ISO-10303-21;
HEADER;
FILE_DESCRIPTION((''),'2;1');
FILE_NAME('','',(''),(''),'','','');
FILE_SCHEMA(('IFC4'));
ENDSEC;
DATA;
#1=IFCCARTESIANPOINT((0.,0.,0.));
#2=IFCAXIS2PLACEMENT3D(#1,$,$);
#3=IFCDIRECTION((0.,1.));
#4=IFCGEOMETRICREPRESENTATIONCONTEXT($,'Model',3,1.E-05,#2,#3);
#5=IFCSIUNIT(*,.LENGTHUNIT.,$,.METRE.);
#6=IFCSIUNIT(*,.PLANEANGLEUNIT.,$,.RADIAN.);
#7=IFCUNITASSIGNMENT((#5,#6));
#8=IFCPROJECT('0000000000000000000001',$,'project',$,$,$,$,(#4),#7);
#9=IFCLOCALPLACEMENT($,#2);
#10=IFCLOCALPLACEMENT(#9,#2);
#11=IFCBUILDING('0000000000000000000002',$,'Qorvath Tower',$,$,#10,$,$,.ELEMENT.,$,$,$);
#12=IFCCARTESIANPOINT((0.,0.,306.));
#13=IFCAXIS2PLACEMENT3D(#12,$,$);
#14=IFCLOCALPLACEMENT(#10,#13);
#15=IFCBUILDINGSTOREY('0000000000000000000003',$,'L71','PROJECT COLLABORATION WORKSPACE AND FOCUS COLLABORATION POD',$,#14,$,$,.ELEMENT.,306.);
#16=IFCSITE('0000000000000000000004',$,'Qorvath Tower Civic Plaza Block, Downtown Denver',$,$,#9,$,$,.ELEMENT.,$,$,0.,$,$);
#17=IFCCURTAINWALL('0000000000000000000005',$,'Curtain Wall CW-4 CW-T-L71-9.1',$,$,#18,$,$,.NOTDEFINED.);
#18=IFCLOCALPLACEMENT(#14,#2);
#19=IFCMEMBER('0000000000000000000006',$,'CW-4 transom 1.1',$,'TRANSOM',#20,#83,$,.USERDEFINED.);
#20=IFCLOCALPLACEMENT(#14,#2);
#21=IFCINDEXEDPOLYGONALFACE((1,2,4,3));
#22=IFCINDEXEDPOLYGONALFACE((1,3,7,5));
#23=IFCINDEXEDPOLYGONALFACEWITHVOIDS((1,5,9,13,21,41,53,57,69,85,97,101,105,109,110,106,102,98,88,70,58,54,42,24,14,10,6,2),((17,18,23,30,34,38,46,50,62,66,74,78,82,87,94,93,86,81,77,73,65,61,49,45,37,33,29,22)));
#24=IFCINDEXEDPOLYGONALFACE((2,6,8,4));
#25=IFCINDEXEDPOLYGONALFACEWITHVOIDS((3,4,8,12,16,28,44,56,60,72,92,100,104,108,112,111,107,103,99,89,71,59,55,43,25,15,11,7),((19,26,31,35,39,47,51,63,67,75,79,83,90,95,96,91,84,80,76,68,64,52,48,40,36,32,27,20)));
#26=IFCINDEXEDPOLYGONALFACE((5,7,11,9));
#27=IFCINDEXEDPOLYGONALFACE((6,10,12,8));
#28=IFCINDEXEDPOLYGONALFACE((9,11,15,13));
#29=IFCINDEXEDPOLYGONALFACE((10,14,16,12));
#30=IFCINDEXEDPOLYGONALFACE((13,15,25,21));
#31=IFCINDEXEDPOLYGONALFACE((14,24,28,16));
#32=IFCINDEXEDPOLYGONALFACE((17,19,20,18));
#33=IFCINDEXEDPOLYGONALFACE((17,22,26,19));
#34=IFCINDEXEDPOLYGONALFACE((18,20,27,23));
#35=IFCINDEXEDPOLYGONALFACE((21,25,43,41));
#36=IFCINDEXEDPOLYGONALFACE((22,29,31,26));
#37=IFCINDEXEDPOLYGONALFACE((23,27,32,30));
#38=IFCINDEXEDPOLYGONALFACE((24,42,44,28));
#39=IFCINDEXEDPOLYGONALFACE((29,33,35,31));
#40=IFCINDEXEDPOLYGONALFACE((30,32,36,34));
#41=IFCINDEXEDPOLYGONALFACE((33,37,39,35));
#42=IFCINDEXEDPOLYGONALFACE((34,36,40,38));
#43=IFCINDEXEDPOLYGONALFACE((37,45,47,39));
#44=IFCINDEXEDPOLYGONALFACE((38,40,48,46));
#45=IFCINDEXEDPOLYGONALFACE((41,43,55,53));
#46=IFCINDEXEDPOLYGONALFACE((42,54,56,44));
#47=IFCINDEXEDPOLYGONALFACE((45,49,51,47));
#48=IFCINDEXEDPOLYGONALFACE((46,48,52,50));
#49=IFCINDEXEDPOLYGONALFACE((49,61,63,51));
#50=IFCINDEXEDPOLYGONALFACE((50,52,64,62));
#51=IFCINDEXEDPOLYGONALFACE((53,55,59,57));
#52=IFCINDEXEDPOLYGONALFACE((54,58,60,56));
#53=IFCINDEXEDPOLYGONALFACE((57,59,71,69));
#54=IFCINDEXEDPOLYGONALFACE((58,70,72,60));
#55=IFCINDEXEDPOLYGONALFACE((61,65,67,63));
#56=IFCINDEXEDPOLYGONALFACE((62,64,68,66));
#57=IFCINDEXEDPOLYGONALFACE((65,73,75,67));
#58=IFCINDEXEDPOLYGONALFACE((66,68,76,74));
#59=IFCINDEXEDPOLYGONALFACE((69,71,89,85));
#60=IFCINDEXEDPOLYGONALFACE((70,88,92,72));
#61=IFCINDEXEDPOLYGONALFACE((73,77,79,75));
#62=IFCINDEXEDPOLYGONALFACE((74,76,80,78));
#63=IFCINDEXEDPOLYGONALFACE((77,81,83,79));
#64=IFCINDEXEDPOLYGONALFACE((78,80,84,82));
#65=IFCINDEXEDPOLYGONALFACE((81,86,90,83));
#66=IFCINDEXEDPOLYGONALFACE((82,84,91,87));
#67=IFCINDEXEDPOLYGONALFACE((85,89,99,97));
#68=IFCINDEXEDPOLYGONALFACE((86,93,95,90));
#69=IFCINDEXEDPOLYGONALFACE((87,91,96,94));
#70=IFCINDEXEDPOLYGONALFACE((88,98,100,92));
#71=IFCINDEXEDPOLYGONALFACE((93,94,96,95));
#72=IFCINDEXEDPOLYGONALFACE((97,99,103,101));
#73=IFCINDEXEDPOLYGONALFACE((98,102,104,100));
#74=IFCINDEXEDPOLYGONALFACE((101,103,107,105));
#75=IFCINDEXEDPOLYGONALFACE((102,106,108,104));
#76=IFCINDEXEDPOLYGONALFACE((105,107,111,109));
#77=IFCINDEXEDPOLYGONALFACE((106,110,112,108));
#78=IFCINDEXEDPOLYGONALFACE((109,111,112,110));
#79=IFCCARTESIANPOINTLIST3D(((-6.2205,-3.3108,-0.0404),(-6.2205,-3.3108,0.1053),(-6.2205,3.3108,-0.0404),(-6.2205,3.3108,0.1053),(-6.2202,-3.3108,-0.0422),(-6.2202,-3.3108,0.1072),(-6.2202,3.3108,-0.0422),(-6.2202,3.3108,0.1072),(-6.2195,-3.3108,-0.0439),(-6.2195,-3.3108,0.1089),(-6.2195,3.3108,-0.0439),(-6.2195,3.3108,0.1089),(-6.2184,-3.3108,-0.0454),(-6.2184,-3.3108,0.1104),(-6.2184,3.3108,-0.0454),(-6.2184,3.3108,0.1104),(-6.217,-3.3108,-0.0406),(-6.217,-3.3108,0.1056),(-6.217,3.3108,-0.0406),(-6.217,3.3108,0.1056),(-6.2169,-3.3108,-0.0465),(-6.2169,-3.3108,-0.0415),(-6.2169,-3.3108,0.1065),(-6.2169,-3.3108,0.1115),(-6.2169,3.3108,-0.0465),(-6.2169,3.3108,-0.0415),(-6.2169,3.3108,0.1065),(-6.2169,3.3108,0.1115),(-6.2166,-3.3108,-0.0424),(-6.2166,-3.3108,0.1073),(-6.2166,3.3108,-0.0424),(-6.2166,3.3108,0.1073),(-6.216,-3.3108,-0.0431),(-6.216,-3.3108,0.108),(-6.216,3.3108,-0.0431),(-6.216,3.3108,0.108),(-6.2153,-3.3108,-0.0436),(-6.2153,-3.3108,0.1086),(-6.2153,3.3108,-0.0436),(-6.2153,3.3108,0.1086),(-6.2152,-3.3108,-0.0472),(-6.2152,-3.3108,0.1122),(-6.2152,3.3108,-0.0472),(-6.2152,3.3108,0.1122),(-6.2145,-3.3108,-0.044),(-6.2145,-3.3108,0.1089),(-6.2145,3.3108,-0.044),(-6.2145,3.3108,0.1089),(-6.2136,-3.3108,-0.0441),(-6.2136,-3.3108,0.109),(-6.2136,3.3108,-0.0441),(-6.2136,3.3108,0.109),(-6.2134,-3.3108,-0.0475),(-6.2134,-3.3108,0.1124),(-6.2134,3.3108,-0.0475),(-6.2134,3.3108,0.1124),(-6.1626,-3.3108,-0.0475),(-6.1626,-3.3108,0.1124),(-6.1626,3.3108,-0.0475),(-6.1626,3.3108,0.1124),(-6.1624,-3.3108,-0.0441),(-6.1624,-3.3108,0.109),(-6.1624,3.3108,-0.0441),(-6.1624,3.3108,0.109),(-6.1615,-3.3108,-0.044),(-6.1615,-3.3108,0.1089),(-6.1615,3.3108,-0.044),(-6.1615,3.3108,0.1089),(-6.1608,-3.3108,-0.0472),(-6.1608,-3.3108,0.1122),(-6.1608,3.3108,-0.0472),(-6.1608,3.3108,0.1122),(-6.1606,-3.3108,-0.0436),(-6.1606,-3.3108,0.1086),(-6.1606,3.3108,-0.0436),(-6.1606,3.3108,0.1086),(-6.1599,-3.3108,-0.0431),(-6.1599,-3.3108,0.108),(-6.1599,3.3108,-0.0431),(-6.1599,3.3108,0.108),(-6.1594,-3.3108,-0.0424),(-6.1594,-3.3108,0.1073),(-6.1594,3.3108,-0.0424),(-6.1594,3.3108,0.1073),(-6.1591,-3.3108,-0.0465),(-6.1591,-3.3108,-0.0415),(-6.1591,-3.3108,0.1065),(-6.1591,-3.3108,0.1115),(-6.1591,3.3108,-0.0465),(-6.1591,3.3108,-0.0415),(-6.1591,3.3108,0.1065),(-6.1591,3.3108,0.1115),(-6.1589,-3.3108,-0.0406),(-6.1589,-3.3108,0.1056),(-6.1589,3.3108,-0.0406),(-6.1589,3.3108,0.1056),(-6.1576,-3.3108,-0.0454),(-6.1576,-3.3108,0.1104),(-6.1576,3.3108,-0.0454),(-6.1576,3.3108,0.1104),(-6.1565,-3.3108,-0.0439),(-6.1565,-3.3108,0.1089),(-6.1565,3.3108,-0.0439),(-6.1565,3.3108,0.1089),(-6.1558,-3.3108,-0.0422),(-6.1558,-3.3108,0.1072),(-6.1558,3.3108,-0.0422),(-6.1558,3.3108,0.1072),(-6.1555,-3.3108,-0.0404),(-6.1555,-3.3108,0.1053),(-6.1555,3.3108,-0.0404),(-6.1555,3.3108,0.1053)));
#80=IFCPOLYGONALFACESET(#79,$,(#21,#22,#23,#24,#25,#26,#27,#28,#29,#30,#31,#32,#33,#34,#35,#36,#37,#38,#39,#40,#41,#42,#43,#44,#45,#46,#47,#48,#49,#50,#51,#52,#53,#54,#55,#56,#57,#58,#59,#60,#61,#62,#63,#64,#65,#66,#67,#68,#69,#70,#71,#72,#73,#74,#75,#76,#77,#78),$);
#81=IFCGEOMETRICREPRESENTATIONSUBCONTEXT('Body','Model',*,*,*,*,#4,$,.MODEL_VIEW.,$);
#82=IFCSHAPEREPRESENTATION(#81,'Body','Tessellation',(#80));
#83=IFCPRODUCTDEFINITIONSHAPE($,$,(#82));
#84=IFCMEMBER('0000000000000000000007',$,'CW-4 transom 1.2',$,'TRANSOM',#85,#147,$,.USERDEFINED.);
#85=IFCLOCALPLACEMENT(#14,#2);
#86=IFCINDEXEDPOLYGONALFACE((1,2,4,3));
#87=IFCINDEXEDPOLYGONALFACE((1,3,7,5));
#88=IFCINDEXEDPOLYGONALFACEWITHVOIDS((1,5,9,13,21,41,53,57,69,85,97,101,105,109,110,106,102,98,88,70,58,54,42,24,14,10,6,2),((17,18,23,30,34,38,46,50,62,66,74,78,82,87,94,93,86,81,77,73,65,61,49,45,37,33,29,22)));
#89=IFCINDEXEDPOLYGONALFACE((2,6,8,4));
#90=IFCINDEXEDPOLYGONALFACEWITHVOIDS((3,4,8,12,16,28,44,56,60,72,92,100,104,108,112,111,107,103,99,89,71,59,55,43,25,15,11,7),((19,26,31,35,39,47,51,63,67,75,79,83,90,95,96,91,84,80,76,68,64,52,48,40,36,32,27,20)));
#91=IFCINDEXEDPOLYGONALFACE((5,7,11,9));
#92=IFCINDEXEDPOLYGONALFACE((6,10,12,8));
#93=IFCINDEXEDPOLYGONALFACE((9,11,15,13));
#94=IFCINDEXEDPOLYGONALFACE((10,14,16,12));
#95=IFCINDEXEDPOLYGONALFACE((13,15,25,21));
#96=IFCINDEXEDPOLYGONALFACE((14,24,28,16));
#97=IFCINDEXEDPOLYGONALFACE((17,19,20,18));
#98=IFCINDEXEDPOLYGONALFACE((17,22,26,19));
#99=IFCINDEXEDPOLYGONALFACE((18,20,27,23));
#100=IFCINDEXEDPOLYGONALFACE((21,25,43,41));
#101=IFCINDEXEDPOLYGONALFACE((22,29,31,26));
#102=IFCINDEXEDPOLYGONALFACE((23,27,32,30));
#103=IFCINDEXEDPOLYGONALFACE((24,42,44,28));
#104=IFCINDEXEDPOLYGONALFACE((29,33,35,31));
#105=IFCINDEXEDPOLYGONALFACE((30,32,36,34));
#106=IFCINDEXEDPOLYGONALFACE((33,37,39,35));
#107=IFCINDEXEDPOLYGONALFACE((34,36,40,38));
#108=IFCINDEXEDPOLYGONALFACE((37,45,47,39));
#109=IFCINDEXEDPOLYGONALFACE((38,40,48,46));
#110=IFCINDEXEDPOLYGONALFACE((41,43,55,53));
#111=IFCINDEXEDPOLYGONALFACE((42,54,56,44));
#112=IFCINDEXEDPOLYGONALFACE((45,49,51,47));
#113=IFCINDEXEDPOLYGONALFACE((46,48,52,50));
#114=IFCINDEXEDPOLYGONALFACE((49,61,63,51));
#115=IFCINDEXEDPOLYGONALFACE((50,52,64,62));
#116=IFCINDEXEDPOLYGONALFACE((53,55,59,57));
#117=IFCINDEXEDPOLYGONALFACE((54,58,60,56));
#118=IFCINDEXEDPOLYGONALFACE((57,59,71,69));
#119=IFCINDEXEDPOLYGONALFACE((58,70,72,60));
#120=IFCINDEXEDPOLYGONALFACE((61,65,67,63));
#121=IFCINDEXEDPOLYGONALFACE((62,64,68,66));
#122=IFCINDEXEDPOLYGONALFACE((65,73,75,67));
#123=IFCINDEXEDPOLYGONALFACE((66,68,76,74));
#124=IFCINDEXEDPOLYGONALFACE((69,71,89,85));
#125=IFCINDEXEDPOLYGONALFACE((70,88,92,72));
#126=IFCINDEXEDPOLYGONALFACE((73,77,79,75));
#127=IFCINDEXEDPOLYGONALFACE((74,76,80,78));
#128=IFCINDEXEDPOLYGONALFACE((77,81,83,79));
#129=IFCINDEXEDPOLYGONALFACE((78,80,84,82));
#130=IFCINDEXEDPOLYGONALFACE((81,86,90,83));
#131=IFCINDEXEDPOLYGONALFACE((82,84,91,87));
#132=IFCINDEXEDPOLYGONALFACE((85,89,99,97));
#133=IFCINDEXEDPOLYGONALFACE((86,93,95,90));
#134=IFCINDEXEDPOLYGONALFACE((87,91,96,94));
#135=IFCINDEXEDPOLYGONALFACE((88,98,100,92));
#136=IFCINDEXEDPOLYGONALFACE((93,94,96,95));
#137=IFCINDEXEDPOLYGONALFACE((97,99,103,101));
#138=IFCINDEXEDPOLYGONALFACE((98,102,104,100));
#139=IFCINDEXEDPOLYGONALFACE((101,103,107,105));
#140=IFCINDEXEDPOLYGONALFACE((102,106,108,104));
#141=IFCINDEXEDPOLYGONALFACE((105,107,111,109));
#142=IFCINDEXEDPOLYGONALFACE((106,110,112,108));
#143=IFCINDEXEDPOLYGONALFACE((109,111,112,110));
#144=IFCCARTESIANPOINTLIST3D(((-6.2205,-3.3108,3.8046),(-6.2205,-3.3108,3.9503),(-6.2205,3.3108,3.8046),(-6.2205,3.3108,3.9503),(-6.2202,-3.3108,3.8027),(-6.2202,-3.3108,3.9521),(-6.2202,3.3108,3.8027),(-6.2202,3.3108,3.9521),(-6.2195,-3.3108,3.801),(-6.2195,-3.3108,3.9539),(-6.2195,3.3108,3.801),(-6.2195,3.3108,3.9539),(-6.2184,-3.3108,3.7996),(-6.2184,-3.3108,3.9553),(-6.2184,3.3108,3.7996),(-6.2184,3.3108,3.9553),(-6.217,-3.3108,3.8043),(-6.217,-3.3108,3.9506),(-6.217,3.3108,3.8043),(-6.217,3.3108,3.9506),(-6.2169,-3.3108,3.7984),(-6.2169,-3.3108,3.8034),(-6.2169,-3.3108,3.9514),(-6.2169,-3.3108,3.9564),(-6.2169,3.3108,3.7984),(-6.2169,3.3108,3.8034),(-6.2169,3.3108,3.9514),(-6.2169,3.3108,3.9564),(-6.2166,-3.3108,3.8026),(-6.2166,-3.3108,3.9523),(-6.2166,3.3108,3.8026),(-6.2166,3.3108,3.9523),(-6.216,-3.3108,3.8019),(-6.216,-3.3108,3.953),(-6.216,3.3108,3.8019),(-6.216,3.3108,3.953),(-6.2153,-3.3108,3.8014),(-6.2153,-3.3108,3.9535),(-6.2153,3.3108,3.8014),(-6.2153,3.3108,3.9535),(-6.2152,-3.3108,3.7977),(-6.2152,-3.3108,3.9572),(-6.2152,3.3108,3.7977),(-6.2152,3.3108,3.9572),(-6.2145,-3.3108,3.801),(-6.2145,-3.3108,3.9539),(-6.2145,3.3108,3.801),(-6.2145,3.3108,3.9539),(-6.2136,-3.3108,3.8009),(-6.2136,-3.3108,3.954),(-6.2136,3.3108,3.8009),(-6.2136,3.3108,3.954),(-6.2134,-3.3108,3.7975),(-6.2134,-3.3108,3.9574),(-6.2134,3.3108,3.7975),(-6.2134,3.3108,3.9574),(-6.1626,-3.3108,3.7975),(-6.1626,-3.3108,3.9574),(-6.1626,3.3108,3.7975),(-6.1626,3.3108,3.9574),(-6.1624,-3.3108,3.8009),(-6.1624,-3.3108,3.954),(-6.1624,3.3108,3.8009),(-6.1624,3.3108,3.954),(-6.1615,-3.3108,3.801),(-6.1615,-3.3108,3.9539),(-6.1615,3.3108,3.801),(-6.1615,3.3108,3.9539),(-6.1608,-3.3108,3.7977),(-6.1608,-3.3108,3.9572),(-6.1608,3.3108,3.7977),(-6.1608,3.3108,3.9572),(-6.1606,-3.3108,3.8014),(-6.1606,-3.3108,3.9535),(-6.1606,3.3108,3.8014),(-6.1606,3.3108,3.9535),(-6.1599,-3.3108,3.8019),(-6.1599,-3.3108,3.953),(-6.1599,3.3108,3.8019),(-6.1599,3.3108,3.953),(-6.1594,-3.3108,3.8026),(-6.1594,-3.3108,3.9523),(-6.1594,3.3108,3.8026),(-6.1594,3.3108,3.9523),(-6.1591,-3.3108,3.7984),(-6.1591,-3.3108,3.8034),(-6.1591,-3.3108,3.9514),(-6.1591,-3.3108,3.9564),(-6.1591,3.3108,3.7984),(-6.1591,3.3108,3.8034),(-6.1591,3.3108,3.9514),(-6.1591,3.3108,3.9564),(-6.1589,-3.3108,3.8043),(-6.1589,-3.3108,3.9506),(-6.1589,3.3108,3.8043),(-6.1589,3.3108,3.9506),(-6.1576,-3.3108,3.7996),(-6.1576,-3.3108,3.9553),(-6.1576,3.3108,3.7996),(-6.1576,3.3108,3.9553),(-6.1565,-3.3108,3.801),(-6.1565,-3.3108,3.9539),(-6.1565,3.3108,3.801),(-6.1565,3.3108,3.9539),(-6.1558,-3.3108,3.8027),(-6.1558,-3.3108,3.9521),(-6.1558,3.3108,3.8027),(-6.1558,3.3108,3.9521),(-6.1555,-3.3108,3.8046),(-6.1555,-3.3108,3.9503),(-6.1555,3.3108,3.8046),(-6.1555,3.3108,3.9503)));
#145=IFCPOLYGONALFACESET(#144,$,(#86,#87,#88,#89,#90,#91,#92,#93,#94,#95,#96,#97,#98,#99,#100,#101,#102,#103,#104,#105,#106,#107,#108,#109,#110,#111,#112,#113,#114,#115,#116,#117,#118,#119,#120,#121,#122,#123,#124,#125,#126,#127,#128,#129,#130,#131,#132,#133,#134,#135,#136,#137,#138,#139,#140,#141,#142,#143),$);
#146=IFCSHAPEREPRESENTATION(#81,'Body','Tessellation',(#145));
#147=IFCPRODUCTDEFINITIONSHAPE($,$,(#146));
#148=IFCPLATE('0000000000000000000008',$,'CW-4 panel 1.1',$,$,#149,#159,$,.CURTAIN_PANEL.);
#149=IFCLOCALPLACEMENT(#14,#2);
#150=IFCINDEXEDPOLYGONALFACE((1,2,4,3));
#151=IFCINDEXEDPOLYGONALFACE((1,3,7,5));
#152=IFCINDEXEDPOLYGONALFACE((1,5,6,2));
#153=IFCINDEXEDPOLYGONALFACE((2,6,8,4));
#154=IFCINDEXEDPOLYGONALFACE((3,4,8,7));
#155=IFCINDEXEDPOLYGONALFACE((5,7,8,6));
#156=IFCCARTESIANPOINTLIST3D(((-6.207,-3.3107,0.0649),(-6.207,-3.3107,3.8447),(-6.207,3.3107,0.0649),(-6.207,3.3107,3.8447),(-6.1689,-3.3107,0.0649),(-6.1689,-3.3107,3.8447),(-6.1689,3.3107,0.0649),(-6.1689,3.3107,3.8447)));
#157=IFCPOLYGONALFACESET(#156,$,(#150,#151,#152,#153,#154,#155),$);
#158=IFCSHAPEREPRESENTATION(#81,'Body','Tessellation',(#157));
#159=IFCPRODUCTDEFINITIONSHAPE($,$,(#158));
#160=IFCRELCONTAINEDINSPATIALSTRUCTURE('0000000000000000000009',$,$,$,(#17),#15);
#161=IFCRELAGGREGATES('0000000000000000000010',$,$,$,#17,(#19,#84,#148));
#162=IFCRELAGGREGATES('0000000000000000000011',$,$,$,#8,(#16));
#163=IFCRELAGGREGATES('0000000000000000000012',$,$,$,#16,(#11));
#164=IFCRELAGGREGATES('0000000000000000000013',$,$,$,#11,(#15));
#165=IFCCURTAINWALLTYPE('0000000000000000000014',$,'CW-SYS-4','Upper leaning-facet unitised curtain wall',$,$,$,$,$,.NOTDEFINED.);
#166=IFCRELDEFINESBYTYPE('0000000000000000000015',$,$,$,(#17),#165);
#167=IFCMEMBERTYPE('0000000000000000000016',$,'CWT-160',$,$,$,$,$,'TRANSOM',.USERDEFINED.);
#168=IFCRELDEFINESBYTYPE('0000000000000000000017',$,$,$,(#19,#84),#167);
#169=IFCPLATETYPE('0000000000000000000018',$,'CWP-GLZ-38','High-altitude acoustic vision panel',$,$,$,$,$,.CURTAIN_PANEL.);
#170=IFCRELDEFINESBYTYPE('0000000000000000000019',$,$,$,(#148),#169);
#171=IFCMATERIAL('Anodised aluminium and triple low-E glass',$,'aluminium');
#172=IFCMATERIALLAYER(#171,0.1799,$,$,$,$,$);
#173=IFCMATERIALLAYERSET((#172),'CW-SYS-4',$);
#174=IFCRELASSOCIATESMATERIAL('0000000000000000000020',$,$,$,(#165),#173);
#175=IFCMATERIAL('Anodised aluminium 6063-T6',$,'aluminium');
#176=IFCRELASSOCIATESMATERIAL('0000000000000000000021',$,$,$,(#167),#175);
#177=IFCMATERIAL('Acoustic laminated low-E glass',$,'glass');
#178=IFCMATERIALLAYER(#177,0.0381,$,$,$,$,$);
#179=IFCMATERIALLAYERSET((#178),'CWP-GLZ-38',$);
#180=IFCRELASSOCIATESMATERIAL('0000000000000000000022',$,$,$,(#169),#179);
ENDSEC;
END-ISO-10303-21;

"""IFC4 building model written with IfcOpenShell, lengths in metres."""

from ifc_helpers import new_model, si_unit, direction, frame, origin, origin_2d, place, context, subcontext, project, spatial, rectangle, hollow_rectangle, extrude, material, layer, layer_set, material_profile, profile_set, type_object, element, aggregate, save


model = new_model("IFC4")

# Units and contexts
model_context = context("Model", 3, precision=1e-05, world=origin(), true_north=direction((0.0, 1.0)))
body_context = subcontext(model_context, "Body", "Model", "MODEL_VIEW")
ifc_project = project(units=[si_unit("LENGTHUNIT", "METRE"), si_unit("PLANEANGLEUNIT", "RADIAN")], contexts=[model_context])

# Site, building, storey
site_placement = place(None, origin())
site = spatial("IfcSite", under=ifc_project, at=site_placement, Name="Qorvath Tower Civic Plaza Block, Downtown Denver", CompositionType="ELEMENT", RefElevation=0.0)
building_placement = place(site_placement, origin())
building = spatial("IfcBuilding", under=site, at=building_placement, Name="Qorvath Tower", CompositionType="ELEMENT")
storey_placement = place(building_placement, frame((0.0, 0.0, 306.0)))
storey = spatial("IfcBuildingStorey", under=building, at=storey_placement, Name="L71", Description="PROJECT COLLABORATION WORKSPACE AND FOCUS COLLABORATION POD", CompositionType="ELEMENT", Elevation=306.0)

# Shared definitions
ifc_material_1 = material(Name="Anodised aluminium and triple low-E glass", Category="aluminium")
ifc_layer_1 = layer(ifc_material_1, 0.1799)
ifc_layer_set_1 = layer_set([ifc_layer_1], Name="CW-SYS-4")
curtain_wall_type = type_object("IfcCurtainWallType", Name="CW-SYS-4", Description="Upper leaning-facet unitised curtain wall", PredefinedType="NOTDEFINED", material=ifc_layer_set_1)

# Curtain wall, members, plate
curtain_wall_1_placement = place(storey_placement, origin())
curtain_wall_1 = element("IfcCurtainWall", 1, at=curtain_wall_1_placement, inside=storey, type_object=curtain_wall_type, Name="Curtain Wall CW-4 CW-T-L71-9.1", PredefinedType="NOTDEFINED")
ifc_material_2 = material(Name="Anodised aluminium 6063-T6", Category="aluminium")
ifc_material_profile_1 = material_profile(ifc_material_2, hollow_rectangle(XDim=0.0649, YDim=0.1599, WallThickness=0.0034, InnerFilletRadius=0.0034, OuterFilletRadius=0.0071, at=origin_2d()), Name="CWT 160x65")
ifc_profile_set_1 = profile_set([ifc_material_profile_1], Name="Anodised aluminium 6063-T6")
member_type_1 = type_object("IfcMemberType", Name="CWT-160", ElementType="TRANSOM", PredefinedType="USERDEFINED", material=ifc_profile_set_1)
member_1_placement = place(storey_placement, frame((-6.188, -3.3108, 0.0325), z_axis=(0.0, 1.0, 0.0), x_axis=(-1.0, 0.0, 0.0)))
member_1 = element("IfcMember", 2, at=member_1_placement, type_object=member_type_1, Name="CW-4 transom 1.1", ObjectType="TRANSOM", PredefinedType="USERDEFINED", context=body_context, shape_type="SweptSolid", body=[
    extrude(hollow_rectangle(XDim=0.0649, YDim=0.1599, WallThickness=0.0034, InnerFilletRadius=0.0034, OuterFilletRadius=0.0071, at=origin_2d()), origin(), (0.0, 0.0, 1.0), 6.6216),
])
member_2_placement = place(storey_placement, frame((-6.188, -3.3108, 3.8774), z_axis=(0.0, 1.0, 0.0), x_axis=(-1.0, 0.0, 0.0)))
member_2 = element("IfcMember", 3, at=member_2_placement, type_object=member_type_1, Name="CW-4 transom 1.2", ObjectType="TRANSOM", PredefinedType="USERDEFINED", context=body_context, shape_type="SweptSolid", body=[
    extrude(hollow_rectangle(XDim=0.0649, YDim=0.1599, WallThickness=0.0034, InnerFilletRadius=0.0034, OuterFilletRadius=0.0071, at=origin_2d()), origin(), (0.0, 0.0, 1.0), 6.6216),
])
ifc_material_3 = material(Name="Acoustic laminated low-E glass", Category="glass")
ifc_layer_2 = layer(ifc_material_3, 0.0381)
ifc_layer_set_2 = layer_set([ifc_layer_2], Name="CWP-GLZ-38")
plate_type = type_object("IfcPlateType", Name="CWP-GLZ-38", Description="High-altitude acoustic vision panel", PredefinedType="CURTAIN_PANEL", material=ifc_layer_set_2)
plate_placement = place(storey_placement, frame((-6.188, 0.0, 0.0649), z_axis=(0.0, 0.0, 1.0), x_axis=(0.0, 1.0, 0.0)))
plate = element("IfcPlate", 4, at=plate_placement, type_object=plate_type, Name="CW-4 panel 1.1", PredefinedType="CURTAIN_PANEL", context=body_context, shape_type="SweptSolid", body=[
    extrude(rectangle(XDim=6.6213, YDim=0.0381, at=origin_2d()), origin(), (0.0, 0.0, 1.0), 3.7798),
])
aggregate(curtain_wall_1, [member_1, member_2, plate])

save(model, "model.ifc")
